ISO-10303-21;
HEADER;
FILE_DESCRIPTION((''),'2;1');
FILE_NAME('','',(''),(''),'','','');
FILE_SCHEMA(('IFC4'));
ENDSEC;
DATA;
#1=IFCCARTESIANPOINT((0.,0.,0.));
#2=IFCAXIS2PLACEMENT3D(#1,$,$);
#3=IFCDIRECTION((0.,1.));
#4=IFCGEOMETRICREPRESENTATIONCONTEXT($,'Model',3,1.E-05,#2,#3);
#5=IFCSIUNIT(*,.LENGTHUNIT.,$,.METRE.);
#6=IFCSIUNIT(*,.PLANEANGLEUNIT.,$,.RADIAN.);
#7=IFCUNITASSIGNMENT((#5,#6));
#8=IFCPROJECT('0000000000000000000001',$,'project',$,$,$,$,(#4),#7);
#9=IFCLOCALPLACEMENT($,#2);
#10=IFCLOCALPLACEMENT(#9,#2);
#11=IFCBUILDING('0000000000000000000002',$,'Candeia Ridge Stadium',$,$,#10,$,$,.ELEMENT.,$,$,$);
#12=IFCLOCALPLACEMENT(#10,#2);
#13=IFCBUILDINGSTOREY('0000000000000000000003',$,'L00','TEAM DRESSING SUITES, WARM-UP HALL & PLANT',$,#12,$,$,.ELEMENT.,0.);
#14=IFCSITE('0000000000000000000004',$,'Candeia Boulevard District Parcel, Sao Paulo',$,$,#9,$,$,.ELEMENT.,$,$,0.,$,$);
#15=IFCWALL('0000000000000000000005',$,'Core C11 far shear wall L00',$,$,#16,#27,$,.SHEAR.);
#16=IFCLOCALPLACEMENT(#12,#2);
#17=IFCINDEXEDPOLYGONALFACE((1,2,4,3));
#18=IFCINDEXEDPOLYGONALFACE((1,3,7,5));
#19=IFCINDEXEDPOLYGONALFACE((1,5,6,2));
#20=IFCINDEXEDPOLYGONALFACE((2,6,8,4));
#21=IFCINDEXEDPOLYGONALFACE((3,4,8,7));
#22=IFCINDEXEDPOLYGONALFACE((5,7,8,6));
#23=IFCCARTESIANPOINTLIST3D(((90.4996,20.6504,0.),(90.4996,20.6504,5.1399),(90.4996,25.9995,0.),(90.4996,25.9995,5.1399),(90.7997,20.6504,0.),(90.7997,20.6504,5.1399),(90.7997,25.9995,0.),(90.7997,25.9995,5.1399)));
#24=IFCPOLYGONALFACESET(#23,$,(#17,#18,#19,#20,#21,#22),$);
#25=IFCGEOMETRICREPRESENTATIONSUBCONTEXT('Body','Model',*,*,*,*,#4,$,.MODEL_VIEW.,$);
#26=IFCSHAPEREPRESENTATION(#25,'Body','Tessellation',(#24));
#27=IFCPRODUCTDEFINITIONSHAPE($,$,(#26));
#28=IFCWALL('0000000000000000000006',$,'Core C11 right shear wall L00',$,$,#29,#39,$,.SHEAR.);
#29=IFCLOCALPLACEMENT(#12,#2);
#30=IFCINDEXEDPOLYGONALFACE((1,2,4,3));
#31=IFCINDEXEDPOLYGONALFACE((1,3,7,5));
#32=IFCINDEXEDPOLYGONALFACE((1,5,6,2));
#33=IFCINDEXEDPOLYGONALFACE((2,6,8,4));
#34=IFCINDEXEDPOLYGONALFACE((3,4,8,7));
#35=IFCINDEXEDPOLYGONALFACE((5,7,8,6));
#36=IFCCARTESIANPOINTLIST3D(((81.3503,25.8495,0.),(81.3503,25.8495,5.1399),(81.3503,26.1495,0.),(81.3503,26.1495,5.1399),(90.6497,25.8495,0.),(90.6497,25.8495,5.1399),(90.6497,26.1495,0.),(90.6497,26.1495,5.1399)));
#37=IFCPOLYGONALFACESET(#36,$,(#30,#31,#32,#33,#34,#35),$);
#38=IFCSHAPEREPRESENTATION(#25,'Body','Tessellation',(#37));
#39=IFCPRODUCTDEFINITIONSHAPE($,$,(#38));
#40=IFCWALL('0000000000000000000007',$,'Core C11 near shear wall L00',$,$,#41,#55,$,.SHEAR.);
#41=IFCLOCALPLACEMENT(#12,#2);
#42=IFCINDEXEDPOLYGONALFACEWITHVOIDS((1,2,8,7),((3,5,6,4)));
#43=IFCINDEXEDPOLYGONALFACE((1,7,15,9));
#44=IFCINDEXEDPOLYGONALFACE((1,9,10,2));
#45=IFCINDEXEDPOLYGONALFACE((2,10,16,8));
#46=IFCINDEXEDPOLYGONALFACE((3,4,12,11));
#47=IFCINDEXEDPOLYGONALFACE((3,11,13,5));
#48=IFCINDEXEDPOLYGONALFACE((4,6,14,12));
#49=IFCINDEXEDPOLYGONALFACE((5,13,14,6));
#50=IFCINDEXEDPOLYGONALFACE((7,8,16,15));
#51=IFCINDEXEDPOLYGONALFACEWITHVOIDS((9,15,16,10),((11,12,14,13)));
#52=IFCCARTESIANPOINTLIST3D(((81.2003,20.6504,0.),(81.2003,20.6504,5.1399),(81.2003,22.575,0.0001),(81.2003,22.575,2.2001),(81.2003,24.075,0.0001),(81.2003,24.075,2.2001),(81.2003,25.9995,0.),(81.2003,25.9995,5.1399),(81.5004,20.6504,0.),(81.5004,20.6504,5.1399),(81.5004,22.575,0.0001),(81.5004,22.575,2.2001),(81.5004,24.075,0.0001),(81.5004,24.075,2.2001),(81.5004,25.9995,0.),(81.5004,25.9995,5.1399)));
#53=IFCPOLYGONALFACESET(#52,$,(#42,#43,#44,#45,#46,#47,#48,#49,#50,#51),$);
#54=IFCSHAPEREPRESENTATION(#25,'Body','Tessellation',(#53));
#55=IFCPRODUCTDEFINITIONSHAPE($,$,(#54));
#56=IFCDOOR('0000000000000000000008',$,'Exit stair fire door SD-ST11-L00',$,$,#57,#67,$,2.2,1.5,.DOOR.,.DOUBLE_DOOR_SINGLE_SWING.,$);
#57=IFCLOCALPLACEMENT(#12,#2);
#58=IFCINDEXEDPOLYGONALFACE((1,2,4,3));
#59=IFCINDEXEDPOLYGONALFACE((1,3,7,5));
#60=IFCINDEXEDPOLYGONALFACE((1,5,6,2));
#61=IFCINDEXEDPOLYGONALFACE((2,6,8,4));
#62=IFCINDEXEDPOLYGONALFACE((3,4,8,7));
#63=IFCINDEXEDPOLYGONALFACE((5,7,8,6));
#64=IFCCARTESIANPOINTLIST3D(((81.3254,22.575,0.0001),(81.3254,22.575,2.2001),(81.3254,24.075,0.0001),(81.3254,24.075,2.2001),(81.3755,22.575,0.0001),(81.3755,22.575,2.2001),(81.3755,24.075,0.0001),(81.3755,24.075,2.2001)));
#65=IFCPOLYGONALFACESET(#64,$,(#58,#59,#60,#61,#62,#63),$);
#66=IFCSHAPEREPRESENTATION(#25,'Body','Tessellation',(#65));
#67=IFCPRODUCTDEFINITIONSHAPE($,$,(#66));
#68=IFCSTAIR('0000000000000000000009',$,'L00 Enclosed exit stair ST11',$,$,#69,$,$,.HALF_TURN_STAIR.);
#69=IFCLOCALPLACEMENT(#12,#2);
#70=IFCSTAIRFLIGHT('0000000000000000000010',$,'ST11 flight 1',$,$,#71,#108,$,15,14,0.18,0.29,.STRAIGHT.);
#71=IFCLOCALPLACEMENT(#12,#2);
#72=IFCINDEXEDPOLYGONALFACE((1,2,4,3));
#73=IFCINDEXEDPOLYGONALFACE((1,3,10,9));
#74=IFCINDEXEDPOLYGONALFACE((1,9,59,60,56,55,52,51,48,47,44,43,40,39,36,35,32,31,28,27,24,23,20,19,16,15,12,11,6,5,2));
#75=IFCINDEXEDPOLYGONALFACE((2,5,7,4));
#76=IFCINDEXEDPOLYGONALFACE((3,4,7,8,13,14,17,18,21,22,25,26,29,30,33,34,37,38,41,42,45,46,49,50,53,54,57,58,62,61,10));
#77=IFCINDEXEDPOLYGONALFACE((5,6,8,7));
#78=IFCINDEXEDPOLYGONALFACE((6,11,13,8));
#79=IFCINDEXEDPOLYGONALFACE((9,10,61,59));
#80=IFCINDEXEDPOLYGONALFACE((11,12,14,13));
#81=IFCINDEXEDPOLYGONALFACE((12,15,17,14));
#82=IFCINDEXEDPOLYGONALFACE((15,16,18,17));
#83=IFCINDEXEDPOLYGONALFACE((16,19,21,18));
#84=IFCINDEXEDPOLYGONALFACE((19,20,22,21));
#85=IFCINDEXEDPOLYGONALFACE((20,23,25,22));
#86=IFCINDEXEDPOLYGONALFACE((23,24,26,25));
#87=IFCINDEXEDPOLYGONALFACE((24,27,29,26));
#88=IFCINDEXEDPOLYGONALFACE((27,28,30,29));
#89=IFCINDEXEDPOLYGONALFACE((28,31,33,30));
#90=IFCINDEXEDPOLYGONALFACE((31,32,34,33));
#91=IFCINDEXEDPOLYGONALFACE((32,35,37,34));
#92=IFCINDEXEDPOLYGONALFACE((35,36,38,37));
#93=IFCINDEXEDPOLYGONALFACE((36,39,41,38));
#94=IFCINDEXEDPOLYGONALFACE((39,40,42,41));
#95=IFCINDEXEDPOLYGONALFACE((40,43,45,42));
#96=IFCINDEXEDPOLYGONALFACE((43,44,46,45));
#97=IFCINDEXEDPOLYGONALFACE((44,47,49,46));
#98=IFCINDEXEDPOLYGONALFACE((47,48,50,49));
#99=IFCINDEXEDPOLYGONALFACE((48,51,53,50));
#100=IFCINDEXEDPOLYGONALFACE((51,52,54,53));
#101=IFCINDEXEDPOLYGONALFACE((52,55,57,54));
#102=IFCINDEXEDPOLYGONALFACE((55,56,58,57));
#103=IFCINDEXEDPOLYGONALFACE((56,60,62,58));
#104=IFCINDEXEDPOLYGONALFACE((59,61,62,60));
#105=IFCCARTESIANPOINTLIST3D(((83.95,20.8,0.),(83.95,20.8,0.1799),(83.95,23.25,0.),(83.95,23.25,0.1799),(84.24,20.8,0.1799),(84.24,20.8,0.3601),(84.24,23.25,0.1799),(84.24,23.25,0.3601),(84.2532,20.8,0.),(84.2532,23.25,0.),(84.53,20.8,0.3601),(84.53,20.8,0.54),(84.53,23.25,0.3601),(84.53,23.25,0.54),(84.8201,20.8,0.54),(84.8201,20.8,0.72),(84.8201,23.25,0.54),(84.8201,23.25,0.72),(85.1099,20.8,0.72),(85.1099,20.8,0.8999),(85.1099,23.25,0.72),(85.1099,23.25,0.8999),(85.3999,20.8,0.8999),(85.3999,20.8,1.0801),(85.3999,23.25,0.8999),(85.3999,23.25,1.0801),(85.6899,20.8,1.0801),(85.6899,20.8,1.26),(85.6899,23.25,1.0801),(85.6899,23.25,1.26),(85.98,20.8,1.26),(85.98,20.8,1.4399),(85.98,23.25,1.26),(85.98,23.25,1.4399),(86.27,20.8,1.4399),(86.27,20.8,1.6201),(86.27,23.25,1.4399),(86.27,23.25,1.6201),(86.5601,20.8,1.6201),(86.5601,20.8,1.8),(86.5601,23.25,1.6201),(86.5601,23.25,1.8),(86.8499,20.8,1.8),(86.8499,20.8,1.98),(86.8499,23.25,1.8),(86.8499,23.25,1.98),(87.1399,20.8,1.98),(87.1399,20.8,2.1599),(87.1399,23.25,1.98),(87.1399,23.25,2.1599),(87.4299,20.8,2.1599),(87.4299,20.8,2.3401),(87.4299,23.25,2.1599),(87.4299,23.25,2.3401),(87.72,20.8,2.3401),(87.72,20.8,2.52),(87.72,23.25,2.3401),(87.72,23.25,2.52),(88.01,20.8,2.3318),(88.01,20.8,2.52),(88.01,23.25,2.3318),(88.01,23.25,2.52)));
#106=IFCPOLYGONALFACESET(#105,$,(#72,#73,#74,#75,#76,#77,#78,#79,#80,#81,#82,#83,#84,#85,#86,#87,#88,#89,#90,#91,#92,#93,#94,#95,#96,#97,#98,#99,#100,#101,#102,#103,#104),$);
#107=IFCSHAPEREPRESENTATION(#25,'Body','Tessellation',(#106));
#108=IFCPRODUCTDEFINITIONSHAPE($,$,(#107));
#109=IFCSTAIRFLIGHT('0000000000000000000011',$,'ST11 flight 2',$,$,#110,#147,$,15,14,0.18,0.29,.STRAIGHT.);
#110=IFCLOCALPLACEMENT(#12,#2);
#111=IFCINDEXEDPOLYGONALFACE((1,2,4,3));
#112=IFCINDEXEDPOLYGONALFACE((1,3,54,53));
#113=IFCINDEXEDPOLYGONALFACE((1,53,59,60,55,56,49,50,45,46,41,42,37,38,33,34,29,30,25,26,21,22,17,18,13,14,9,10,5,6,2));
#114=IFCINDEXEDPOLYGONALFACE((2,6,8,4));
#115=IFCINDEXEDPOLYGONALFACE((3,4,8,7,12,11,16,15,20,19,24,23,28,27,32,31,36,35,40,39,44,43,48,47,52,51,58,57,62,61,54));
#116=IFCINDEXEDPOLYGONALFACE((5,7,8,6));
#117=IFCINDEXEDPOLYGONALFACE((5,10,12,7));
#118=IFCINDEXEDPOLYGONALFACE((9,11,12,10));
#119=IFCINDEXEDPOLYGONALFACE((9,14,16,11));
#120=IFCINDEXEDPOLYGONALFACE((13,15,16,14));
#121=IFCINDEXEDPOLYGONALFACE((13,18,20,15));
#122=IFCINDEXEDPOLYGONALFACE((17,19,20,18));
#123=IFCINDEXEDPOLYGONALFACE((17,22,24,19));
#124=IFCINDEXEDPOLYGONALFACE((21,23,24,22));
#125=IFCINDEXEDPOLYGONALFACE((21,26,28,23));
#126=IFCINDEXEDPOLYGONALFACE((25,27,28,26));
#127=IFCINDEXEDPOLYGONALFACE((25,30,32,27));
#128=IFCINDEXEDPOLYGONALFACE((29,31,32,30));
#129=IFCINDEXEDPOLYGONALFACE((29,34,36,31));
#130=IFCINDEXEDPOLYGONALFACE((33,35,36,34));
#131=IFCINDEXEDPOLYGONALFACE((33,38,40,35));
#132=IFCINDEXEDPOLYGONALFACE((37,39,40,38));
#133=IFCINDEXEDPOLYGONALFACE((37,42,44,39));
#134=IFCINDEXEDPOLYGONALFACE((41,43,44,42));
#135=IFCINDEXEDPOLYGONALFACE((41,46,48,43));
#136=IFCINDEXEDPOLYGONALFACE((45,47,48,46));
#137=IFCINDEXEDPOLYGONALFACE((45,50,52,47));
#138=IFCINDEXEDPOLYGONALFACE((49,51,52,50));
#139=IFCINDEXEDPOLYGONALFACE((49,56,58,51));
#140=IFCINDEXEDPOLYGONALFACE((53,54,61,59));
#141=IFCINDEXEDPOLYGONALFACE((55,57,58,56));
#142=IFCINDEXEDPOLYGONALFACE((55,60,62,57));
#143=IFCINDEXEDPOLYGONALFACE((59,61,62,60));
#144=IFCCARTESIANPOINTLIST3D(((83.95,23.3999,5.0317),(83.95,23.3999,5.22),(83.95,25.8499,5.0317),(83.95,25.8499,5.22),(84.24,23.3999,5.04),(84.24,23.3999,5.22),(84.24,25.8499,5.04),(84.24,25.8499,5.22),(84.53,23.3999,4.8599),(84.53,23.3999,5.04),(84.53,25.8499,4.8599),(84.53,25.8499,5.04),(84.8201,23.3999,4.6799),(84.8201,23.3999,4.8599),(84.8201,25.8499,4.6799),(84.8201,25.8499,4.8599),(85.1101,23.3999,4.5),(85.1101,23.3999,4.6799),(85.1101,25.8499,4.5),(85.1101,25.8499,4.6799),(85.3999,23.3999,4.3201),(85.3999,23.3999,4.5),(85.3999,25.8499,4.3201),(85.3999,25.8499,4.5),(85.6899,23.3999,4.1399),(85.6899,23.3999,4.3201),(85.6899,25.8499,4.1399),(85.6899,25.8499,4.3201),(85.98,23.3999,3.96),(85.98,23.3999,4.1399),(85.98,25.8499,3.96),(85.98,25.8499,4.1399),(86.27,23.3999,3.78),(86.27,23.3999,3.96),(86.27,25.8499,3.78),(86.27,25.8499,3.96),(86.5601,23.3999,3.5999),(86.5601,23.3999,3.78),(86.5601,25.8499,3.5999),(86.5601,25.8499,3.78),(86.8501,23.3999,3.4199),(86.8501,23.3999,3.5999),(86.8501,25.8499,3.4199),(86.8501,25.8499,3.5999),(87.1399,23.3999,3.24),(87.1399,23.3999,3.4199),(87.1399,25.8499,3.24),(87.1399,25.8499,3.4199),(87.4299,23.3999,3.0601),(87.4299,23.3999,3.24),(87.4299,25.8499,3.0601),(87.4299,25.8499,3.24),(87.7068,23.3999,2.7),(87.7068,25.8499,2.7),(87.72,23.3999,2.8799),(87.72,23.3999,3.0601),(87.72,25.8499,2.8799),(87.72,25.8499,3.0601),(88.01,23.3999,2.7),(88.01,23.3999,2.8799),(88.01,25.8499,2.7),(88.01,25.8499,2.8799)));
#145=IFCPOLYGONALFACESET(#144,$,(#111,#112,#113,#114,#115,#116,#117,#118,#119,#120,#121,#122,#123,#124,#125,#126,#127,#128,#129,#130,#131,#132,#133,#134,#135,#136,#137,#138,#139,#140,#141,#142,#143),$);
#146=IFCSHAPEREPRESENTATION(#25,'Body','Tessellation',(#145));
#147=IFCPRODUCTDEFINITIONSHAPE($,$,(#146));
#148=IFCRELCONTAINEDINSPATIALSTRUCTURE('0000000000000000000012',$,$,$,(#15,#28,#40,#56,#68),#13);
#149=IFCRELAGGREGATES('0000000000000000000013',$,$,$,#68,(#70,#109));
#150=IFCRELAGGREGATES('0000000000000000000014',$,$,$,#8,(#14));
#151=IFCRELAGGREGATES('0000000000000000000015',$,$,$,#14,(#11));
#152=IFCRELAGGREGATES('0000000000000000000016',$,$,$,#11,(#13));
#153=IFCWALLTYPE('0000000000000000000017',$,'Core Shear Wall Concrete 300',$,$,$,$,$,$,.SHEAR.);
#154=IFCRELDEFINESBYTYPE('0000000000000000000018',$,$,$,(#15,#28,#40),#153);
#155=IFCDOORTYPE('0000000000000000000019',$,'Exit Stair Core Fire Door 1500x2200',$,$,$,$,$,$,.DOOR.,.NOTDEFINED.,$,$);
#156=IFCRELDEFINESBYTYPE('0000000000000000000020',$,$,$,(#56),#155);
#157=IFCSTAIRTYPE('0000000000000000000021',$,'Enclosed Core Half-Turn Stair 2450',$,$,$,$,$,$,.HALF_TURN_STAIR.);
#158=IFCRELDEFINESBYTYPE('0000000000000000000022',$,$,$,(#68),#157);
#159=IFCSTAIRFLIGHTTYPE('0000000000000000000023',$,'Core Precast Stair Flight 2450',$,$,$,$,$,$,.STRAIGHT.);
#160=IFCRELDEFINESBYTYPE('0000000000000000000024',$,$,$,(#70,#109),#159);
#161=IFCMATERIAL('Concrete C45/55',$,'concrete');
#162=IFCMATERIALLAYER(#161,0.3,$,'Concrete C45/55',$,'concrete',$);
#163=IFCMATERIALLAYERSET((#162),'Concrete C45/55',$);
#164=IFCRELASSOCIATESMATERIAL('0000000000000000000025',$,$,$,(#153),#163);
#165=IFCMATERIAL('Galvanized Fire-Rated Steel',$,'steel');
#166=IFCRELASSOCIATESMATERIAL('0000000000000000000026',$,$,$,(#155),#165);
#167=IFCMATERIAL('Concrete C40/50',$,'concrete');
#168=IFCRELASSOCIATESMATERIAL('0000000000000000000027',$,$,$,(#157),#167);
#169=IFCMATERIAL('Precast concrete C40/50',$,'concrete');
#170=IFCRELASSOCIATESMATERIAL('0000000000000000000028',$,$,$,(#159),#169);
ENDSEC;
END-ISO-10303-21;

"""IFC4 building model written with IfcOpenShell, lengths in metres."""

from ifc_helpers import new_model, si_unit, direction, frame, frame_2d, origin, place, context, subcontext, project, spatial, polyline, rectangle, outline, extrude, material, layer, layer_set, type_object, element, fill, aggregate, save


model = new_model("IFC4")

# Units and contexts
model_context = context("Model", 3, precision=1e-05, world=origin(), true_north=direction((0.0, 1.0)))
body_context = subcontext(model_context, "Body", "Model", "MODEL_VIEW")
ifc_project = project(units=[si_unit("LENGTHUNIT", "METRE"), si_unit("PLANEANGLEUNIT", "RADIAN")], contexts=[model_context])

# Site, building, storey
site_placement = place(None, origin())
site = spatial("IfcSite", under=ifc_project, at=site_placement, Name="Candeia Boulevard District Parcel, Sao Paulo", CompositionType="ELEMENT", RefElevation=0.0)
building_placement = place(site_placement, origin())
building = spatial("IfcBuilding", under=site, at=building_placement, Name="Candeia Ridge Stadium", CompositionType="ELEMENT")
storey_placement = place(building_placement, origin())
storey = spatial("IfcBuildingStorey", under=building, at=storey_placement, Name="L00", Description="TEAM DRESSING SUITES, WARM-UP HALL & PLANT", CompositionType="ELEMENT", Elevation=0.0)

# Shared definitions
ifc_material_1 = material(Name="Concrete C40/50", Category="concrete")

# Shared definitions
ifc_material_2 = material(Name="Concrete C45/55", Category="concrete")

# Walls
ifc_layer_1 = layer(ifc_material_2, 0.3, Name="Concrete C45/55", Category="concrete")
ifc_layer_set_1 = layer_set([ifc_layer_1], Name="Concrete C45/55")
wall_type = type_object("IfcWallType", Name="Core Shear Wall Concrete 300", PredefinedType="SHEAR", material=ifc_layer_set_1)
wall_1_placement = place(storey_placement, frame((90.6497, 20.6504, 0.0), z_axis=(0.0, 0.0, 1.0), x_axis=(0.0, 1.0, 0.0)))
element("IfcWall", 1, at=wall_1_placement, inside=storey, type_object=wall_type, Name="Core C11 far shear wall L00", PredefinedType="SHEAR", context=body_context, shape_type="SweptSolid", body=[
    extrude(rectangle(XDim=5.3491, YDim=0.3, at=frame_2d((2.6746, 0.0))), origin(), (0.0, 0.0, 1.0), 5.1399),
])
wall_2_placement = place(storey_placement, frame((90.6497, 25.9995, 0.0), z_axis=(0.0, 0.0, 1.0), x_axis=(-1.0, 0.0, 0.0)))
element("IfcWall", 2, at=wall_2_placement, inside=storey, type_object=wall_type, Name="Core C11 right shear wall L00", PredefinedType="SHEAR", context=body_context, shape_type="SweptSolid", body=[
    extrude(rectangle(XDim=9.2993, YDim=0.3, at=frame_2d((4.6497, 0.0))), origin(), (0.0, 0.0, 1.0), 5.1399),
])

# Wall, opening, door
wall_3_placement = place(storey_placement, frame((81.3503, 25.9995, 0.0), z_axis=(0.0, 0.0, 1.0), x_axis=(0.0, -1.0, 0.0)))
wall_3 = element("IfcWall", 3, at=wall_3_placement, inside=storey, type_object=wall_type, Name="Core C11 near shear wall L00", PredefinedType="SHEAR", context=body_context, shape_type="SweptSolid", body=[
    extrude(rectangle(XDim=5.3491, YDim=0.3, at=frame_2d((2.6746, 0.0))), origin(), (0.0, 0.0, 1.0), 5.1399),
])
opening_placement = place(wall_3_placement, frame((1.9246, 0.0, 0.0)))
opening = element("IfcOpeningElement", 4, at=opening_placement, cuts=wall_3, PredefinedType="OPENING", context=body_context, shape_type="SweptSolid", body=[
    extrude(rectangle(XDim=1.5, YDim=2.2, at=frame_2d((0.75, 1.1001))), frame((0.0, 0.1599, 0.0), z_axis=(0.0, -1.0, 0.0), x_axis=(1.0, 0.0, 0.0)), (0.0, 0.0, 1.0), 0.3201),
])
ifc_material_3 = material(Name="Galvanized Fire-Rated Steel", Category="steel")
door_type = type_object("IfcDoorType", Name="Exit Stair Core Fire Door 1500x2200", OperationType="NOTDEFINED", PredefinedType="DOOR", material=ifc_material_3)
door_placement = place(opening_placement, frame((1.5, 0.0, 0.0), z_axis=(0.0, 0.0, 1.0), x_axis=(-1.0, 0.0, 0.0)))
door = element("IfcDoor", 5, at=door_placement, inside=storey, type_object=door_type, Name="Exit stair fire door SD-ST11-L00", OperationType="DOUBLE_DOOR_SINGLE_SWING", OverallHeight=2.2, OverallWidth=1.5, PredefinedType="DOOR", context=body_context, shape_type="SweptSolid", body=[
    extrude(rectangle(XDim=1.5, YDim=2.2, at=frame_2d((0.75, 1.1001))), frame((0.0, 0.0249, 0.0), z_axis=(0.0, -1.0, 0.0), x_axis=(1.0, 0.0, 0.0)), (0.0, 0.0, 1.0), 0.05),
])
fill(opening, door)

# Stair, stair flights
stair_type = type_object("IfcStairType", Name="Enclosed Core Half-Turn Stair 2450", PredefinedType="HALF_TURN_STAIR", material=ifc_material_1)
stair_placement = place(storey_placement, origin())
stair = element("IfcStair", 6, at=stair_placement, inside=storey, type_object=stair_type, Name="L00 Enclosed exit stair ST11", PredefinedType="HALF_TURN_STAIR")
ifc_material_4 = material(Name="Precast concrete C40/50", Category="concrete")
stair_flight_type = type_object("IfcStairFlightType", Name="Core Precast Stair Flight 2450", PredefinedType="STRAIGHT", material=ifc_material_4)
stair_flight_1_placement = place(storey_placement, frame((83.95, 22.0249, 0.0), z_axis=(0.0, 0.0, 1.0), x_axis=(1.0, 0.0, 0.0)))
stair_flight_1 = element("IfcStairFlight", 7, at=stair_flight_1_placement, type_object=stair_flight_type, Name="ST11 flight 1", NumberOfRisers=15, NumberOfTreads=14, PredefinedType="STRAIGHT", RiserHeight=0.18, TreadLength=0.29, context=body_context, shape_type="SweptSolid", body=[
    extrude(outline(polyline([(0.0, 0.0), (0.0, 0.1799), (0.29, 0.1799), (0.29, 0.3601), (0.5801, 0.3601), (0.5801, 0.54), (0.8701, 0.54), (0.8701, 0.72), (1.1599, 0.72), (1.1599, 0.8999), (1.45, 0.8999), (1.45, 1.0801), (1.74, 1.0801), (1.74, 1.26), (2.03, 1.26), (2.03, 1.4399), (2.3201, 1.4399), (2.3201, 1.6201), (2.6101, 1.6201), (2.6101, 1.8), (2.8999, 1.8), (2.8999, 1.98), (3.1899, 1.98), (3.1899, 2.1599), (3.48, 2.1599), (3.48, 2.3401), (3.77, 2.3401), (3.77, 2.52), (4.0601, 2.52), (4.0601, 2.7), (4.0601, 2.3318), (0.3032, 0.0), (0.0, 0.0)])), frame((0.0, 1.2251, 0.0), z_axis=(0.0, -1.0, 0.0), x_axis=(1.0, 0.0, 0.0)), (0.0, 0.0, 1.0), 2.45),
])
stair_flight_2_placement = place(storey_placement, frame((88.01, 24.625, 2.7), z_axis=(0.0, 0.0, 1.0), x_axis=(-1.0, 0.0, 0.0)))
stair_flight_2 = element("IfcStairFlight", 8, at=stair_flight_2_placement, type_object=stair_flight_type, Name="ST11 flight 2", NumberOfRisers=15, NumberOfTreads=14, PredefinedType="STRAIGHT", RiserHeight=0.18, TreadLength=0.29, context=body_context, shape_type="SweptSolid", body=[
    extrude(outline(polyline([(0.0, 0.0), (0.0, 0.1799), (0.29, 0.1799), (0.29, 0.3601), (0.5801, 0.3601), (0.5801, 0.54), (0.8701, 0.54), (0.8701, 0.72), (1.1599, 0.72), (1.1599, 0.8999), (1.45, 0.8999), (1.45, 1.0801), (1.74, 1.0801), (1.74, 1.26), (2.03, 1.26), (2.03, 1.4399), (2.3201, 1.4399), (2.3201, 1.6201), (2.6101, 1.6201), (2.6101, 1.8), (2.8999, 1.8), (2.8999, 1.98), (3.1899, 1.98), (3.1899, 2.1599), (3.48, 2.1599), (3.48, 2.3401), (3.77, 2.3401), (3.77, 2.52), (4.0601, 2.52), (4.0601, 2.7), (4.0601, 2.3318), (0.3032, 0.0), (0.0, 0.0)])), frame((0.0, 1.2251, 0.0), z_axis=(0.0, -1.0, 0.0), x_axis=(1.0, 0.0, 0.0)), (0.0, 0.0, 1.0), 2.45),
])
aggregate(stair, [stair_flight_1, stair_flight_2])

save(model, "model.ifc")
